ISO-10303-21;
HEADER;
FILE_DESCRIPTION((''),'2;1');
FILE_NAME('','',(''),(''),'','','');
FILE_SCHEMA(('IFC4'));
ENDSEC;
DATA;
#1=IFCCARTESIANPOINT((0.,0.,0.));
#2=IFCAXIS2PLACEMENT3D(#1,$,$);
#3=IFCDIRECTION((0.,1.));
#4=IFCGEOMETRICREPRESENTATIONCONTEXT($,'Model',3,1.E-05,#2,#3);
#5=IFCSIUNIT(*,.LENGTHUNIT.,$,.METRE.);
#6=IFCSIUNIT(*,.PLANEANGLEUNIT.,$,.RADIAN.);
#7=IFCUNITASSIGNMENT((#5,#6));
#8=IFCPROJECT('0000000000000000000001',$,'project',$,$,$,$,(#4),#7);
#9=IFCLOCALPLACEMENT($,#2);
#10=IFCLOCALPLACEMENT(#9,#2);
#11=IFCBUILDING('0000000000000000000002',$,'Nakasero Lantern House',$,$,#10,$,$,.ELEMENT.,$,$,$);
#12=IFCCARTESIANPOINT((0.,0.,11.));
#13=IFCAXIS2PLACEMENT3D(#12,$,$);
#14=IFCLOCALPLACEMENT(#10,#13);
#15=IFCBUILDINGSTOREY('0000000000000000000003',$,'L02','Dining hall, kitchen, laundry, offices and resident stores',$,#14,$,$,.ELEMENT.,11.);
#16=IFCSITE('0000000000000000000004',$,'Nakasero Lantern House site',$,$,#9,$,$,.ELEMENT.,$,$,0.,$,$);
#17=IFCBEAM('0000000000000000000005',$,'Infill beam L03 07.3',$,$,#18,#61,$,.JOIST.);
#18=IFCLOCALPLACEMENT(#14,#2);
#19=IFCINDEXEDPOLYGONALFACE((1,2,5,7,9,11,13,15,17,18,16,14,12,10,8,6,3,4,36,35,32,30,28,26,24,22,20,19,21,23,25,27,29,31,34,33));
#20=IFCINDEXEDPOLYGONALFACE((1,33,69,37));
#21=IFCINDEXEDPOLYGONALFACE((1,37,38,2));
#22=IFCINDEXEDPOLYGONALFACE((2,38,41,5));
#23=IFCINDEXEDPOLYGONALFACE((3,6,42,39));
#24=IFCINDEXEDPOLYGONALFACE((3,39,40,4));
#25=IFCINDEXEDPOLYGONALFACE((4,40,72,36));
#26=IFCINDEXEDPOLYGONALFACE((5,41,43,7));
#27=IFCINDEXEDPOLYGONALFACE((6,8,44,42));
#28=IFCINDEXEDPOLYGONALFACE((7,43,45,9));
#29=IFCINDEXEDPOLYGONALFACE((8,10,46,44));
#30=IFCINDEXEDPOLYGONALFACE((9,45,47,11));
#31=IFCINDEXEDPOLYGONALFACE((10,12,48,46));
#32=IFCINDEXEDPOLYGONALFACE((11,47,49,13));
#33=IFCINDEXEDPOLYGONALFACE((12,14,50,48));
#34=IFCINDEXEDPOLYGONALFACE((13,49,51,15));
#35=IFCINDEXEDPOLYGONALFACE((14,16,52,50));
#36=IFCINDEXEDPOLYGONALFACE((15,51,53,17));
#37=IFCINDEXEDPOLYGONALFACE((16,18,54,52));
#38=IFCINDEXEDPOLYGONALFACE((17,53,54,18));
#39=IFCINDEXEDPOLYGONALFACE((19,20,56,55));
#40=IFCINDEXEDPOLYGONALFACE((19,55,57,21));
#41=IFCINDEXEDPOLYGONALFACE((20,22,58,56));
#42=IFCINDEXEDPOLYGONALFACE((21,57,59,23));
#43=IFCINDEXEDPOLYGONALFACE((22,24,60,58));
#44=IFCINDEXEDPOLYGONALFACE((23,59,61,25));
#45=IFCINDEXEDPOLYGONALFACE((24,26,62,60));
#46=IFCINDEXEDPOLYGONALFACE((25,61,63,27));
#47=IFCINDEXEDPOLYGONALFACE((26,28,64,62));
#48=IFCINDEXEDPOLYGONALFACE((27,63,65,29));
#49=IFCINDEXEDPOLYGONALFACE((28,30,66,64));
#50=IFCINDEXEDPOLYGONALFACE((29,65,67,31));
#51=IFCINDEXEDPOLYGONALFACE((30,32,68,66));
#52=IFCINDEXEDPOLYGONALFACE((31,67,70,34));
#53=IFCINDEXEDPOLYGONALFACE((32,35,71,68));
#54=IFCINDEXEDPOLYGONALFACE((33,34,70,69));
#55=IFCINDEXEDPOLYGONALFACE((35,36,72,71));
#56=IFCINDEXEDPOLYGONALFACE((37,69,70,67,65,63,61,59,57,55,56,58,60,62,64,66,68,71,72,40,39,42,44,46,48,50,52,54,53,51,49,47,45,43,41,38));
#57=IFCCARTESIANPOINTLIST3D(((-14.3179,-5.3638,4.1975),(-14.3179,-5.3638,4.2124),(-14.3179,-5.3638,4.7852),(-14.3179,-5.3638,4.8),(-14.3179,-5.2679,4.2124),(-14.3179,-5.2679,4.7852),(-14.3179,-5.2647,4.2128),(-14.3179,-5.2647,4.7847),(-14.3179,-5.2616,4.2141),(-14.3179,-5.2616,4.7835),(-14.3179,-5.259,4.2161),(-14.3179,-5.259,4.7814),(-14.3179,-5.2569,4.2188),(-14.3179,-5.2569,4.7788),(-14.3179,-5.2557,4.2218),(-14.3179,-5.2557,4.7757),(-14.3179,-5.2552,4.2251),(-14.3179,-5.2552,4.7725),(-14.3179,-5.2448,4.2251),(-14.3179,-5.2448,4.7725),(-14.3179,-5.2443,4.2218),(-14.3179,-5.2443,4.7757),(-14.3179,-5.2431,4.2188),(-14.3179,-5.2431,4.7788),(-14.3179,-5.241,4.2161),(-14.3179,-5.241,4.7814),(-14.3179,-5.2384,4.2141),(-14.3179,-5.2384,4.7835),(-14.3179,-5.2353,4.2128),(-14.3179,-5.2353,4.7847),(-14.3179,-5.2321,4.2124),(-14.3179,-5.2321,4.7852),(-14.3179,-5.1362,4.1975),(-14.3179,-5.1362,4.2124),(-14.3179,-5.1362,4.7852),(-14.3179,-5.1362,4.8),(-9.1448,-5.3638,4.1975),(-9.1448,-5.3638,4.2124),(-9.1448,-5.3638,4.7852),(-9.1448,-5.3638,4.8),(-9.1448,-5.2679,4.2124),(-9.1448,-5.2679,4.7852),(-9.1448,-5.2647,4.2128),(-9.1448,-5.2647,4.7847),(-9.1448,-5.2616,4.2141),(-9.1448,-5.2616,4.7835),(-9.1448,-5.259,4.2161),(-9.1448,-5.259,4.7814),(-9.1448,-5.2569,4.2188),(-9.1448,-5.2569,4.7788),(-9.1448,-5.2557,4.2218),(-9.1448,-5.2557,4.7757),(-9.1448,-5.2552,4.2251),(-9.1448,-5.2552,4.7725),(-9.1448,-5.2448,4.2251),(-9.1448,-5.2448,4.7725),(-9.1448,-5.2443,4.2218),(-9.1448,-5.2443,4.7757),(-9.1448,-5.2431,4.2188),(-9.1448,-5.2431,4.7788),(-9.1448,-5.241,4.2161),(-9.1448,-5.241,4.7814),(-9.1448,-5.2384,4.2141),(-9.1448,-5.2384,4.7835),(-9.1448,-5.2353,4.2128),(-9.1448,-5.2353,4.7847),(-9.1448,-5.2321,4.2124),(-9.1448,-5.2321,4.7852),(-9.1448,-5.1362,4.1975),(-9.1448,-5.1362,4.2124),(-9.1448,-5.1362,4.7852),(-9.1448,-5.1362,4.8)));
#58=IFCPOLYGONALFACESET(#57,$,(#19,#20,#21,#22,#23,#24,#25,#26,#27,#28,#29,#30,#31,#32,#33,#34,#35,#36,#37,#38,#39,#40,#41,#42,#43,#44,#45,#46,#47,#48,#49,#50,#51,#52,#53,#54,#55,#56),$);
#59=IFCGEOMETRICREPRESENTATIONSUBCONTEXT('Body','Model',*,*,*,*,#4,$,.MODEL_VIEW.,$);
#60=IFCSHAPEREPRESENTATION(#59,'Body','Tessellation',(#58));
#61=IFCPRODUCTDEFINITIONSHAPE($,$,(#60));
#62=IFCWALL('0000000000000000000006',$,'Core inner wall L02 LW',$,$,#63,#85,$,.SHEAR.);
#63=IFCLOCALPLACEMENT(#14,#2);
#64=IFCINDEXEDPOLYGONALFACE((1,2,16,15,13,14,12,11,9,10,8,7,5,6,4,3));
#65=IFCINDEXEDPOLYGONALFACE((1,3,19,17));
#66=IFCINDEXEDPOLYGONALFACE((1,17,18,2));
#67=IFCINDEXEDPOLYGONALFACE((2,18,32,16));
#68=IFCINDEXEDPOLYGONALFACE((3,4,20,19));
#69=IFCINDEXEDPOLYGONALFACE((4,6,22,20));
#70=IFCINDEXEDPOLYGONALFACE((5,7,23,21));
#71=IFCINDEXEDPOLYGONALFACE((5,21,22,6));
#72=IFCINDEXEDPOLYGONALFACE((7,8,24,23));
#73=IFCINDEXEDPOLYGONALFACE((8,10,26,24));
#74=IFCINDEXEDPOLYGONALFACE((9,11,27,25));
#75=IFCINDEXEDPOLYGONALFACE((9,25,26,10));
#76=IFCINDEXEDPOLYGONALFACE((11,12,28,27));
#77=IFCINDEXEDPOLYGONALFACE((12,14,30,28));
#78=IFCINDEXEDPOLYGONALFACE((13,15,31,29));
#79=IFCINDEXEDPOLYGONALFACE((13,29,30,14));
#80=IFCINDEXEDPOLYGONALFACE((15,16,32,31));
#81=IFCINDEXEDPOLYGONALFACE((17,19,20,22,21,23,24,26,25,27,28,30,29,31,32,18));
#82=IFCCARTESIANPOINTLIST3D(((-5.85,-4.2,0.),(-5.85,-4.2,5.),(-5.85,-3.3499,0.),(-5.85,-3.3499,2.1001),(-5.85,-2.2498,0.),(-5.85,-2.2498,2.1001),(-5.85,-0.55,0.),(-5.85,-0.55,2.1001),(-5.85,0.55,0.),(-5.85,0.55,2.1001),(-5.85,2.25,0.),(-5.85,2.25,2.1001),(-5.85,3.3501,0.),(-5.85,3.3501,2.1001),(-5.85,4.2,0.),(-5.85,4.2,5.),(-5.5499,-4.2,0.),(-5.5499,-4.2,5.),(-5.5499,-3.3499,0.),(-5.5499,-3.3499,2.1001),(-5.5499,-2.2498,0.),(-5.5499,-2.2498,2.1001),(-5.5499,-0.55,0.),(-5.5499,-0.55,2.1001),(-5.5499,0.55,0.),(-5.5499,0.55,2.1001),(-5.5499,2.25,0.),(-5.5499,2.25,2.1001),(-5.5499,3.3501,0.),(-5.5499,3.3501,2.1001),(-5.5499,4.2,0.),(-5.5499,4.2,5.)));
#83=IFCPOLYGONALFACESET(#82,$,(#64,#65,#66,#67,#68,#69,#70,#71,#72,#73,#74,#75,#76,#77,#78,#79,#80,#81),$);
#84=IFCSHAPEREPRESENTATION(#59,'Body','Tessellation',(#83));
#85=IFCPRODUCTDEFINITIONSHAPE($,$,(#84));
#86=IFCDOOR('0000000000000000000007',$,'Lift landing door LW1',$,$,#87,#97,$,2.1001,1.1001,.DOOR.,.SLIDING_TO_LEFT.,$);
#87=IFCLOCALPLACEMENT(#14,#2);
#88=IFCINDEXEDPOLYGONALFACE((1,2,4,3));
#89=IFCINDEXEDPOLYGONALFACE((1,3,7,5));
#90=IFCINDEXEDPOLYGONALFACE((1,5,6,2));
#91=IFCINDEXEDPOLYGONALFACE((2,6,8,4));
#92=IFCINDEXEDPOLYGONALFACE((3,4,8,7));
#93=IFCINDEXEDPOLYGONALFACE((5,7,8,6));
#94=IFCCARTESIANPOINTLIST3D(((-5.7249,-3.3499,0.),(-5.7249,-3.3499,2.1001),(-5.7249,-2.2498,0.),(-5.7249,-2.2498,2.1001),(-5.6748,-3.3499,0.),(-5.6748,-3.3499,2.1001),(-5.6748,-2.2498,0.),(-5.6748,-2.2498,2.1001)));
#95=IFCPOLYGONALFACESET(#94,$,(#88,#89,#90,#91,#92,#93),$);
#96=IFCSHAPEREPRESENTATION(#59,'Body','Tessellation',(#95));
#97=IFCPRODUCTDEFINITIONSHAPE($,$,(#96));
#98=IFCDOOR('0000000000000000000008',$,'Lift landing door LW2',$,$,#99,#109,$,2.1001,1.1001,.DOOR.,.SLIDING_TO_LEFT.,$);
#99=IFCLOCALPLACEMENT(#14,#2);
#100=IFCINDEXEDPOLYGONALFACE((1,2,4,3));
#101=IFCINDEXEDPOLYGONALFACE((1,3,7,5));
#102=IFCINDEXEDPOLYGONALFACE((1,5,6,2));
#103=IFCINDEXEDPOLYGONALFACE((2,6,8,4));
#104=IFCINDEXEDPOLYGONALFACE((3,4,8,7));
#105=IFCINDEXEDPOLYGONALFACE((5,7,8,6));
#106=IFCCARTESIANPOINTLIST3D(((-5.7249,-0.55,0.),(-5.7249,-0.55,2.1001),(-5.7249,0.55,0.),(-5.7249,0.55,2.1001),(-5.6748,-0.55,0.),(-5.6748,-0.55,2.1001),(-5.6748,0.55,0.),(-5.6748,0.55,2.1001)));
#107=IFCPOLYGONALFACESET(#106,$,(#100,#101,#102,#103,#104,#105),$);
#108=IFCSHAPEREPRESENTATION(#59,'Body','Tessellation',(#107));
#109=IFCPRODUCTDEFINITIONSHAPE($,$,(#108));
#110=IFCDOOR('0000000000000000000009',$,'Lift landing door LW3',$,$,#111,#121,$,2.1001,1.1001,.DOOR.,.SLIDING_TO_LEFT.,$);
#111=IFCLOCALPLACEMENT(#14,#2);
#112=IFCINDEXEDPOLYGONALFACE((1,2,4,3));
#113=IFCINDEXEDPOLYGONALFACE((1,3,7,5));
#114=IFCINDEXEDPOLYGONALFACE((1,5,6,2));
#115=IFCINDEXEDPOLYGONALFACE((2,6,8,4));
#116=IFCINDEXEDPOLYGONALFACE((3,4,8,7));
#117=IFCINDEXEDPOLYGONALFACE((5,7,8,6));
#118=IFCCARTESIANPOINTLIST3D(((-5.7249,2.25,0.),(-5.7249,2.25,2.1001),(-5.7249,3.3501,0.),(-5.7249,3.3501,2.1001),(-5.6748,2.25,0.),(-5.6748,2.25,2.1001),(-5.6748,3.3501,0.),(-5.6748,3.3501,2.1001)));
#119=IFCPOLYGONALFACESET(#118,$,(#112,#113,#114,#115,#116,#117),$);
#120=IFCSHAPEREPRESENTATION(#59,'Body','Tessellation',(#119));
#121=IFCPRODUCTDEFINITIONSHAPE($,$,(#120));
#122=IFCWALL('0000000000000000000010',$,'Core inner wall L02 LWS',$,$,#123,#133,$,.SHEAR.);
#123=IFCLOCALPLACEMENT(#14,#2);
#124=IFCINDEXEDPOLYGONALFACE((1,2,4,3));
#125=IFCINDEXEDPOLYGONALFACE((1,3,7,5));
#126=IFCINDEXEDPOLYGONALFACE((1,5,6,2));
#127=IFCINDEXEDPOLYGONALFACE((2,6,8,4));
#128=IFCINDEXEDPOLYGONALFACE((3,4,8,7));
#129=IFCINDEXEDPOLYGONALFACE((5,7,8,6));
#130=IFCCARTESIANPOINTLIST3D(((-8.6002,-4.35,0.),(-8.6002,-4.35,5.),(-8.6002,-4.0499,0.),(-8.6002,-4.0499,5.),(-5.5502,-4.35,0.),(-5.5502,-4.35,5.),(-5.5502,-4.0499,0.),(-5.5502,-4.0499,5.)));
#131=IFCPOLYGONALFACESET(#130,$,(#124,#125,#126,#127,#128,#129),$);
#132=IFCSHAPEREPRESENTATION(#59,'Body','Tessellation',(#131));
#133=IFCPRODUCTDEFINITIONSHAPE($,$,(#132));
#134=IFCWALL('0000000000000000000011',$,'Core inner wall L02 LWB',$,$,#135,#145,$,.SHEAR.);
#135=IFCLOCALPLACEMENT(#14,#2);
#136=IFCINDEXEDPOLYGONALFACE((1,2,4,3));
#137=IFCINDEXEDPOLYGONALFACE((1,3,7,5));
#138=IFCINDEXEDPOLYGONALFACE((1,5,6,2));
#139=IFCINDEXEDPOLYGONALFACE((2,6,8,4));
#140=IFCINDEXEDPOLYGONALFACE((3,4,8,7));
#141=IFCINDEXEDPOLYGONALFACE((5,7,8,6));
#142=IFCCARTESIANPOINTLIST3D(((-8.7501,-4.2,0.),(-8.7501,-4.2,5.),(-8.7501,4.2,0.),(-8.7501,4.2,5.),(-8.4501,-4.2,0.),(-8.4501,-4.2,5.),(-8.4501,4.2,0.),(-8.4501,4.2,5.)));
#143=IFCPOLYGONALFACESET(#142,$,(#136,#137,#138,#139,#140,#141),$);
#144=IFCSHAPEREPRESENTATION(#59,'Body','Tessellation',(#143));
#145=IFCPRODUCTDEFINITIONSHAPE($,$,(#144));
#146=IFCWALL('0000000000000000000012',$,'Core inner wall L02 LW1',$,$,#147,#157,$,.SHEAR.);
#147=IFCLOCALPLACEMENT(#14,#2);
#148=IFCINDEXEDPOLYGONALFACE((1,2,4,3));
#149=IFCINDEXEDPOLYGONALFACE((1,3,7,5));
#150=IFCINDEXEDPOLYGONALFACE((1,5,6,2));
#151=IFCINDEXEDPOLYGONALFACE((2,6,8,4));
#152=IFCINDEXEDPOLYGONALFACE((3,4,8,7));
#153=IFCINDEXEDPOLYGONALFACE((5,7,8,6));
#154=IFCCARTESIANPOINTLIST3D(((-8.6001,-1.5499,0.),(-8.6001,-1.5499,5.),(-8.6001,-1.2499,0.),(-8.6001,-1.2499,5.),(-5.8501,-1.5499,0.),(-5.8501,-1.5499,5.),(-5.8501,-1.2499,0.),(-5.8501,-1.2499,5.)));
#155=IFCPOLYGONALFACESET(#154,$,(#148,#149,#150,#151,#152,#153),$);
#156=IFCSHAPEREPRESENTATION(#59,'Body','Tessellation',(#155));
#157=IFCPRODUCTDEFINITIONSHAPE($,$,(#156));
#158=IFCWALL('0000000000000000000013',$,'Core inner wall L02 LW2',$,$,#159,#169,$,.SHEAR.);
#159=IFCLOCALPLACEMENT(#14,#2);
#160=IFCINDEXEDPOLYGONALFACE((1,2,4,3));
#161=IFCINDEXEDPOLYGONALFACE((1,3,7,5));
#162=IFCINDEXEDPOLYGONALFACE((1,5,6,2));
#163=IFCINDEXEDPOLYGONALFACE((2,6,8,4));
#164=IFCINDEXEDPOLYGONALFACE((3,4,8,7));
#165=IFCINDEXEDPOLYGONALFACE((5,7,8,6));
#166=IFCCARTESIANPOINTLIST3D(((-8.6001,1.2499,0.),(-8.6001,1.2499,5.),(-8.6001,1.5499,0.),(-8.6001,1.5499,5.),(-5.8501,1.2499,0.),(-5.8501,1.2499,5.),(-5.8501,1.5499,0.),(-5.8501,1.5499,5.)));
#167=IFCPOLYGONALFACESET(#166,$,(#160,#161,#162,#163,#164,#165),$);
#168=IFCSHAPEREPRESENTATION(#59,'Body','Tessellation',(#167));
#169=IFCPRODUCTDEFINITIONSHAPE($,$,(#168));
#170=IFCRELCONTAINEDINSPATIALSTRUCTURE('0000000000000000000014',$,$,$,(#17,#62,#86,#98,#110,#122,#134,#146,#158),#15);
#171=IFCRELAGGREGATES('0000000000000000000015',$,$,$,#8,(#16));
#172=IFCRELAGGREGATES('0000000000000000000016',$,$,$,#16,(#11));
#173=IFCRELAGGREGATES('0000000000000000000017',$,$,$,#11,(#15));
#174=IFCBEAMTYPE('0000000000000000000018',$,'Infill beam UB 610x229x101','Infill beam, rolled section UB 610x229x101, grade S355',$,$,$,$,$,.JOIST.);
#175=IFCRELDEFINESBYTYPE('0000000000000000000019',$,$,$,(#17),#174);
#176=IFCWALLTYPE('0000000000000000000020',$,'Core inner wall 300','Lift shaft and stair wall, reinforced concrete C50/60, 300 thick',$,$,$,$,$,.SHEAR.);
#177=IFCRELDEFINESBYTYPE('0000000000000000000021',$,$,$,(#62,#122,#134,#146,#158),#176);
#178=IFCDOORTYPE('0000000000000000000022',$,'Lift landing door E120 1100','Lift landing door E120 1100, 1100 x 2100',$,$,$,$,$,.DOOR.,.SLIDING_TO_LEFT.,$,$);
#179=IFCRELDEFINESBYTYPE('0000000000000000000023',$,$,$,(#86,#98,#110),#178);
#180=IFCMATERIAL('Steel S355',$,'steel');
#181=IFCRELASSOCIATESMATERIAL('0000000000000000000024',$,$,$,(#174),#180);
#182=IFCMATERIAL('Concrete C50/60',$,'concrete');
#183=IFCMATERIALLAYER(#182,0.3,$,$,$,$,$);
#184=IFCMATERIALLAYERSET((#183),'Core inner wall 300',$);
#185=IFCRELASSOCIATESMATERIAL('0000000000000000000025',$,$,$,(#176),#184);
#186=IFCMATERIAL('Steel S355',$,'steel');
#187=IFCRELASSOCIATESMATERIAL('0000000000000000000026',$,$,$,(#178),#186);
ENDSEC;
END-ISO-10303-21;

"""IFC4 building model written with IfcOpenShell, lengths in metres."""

from ifc_helpers import new_model, si_unit, direction, frame, frame_2d, origin, origin_2d, place, context, subcontext, project, spatial, rectangle, i_section, extrude, material, layer, layer_set, material_profile, profile_set, type_object, element, fill, save


model = new_model("IFC4")

# Units and contexts
model_context = context("Model", 3, precision=1e-05, world=origin(), true_north=direction((0.0, 1.0)))
body_context = subcontext(model_context, "Body", "Model", "MODEL_VIEW")
ifc_project = project(units=[si_unit("LENGTHUNIT", "METRE"), si_unit("PLANEANGLEUNIT", "RADIAN")], contexts=[model_context])

# Site, building, storey
site_placement = place(None, origin())
site = spatial("IfcSite", under=ifc_project, at=site_placement, Name="Nakasero Lantern House site", CompositionType="ELEMENT", RefElevation=0.0)
building_placement = place(site_placement, origin())
building = spatial("IfcBuilding", under=site, at=building_placement, Name="Nakasero Lantern House", CompositionType="ELEMENT")
storey_placement = place(building_placement, frame((0.0, 0.0, 11.0)))
storey = spatial("IfcBuildingStorey", under=building, at=storey_placement, Name="L02", Description="Dining hall, kitchen, laundry, offices and resident stores", CompositionType="ELEMENT", Elevation=11.0)

# Beam
ifc_material_1 = material(Name="Steel S355", Category="steel")
ifc_material_profile = material_profile(ifc_material_1, i_section(OverallWidth=0.2275, OverallDepth=0.6025, WebThickness=0.0105, FlangeThickness=0.0149, FilletRadius=0.0127, at=origin_2d()), Name="UB 610x229x101")
ifc_profile_set = profile_set([ifc_material_profile], Name="Steel S355")
beam_type = type_object("IfcBeamType", Name="Infill beam UB 610x229x101", Description="Infill beam, rolled section UB 610x229x101, grade S355", PredefinedType="JOIST", material=ifc_profile_set)
beam_placement = place(storey_placement, frame((-14.3179, -5.25, 4.4988), z_axis=(1.0, 0.0, 0.0), x_axis=(0.0, 1.0, 0.0)))
element("IfcBeam", 1, at=beam_placement, inside=storey, type_object=beam_type, Name="Infill beam L03 07.3", PredefinedType="JOIST", context=body_context, shape_type="SweptSolid", body=[
    extrude(i_section(OverallWidth=0.2275, OverallDepth=0.6025, WebThickness=0.0105, FlangeThickness=0.0149, FilletRadius=0.0127, at=origin_2d()), origin(), (0.0, 0.0, 1.0), 5.1731),
])

# Wall, openings, doors
ifc_material_2 = material(Name="Concrete C50/60", Category="concrete")
ifc_layer_1 = layer(ifc_material_2, 0.3)
ifc_layer_set_1 = layer_set([ifc_layer_1], Name="Core inner wall 300")
wall_type_1 = type_object("IfcWallType", Name="Core inner wall 300", Description="Lift shaft and stair wall, reinforced concrete C50/60, 300 thick", PredefinedType="SHEAR", material=ifc_layer_set_1)
wall_1_placement = place(storey_placement, frame((-5.7, -4.2, 0.0), z_axis=(0.0, 0.0, 1.0), x_axis=(0.0, 1.0, 0.0)))
wall_1 = element("IfcWall", 2, at=wall_1_placement, inside=storey, type_object=wall_type_1, Name="Core inner wall L02 LW", PredefinedType="SHEAR", context=body_context, shape_type="SweptSolid", body=[
    extrude(rectangle(XDim=8.3999, YDim=0.3, at=frame_2d((4.2, 0.0))), origin(), (0.0, 0.0, 1.0), 5.0),
])
opening_1_placement = place(wall_1_placement, frame((0.8501, 0.0, 0.0)))
opening_1 = element("IfcOpeningElement", 3, at=opening_1_placement, cuts=wall_1, PredefinedType="OPENING", context=body_context, shape_type="SweptSolid", body=[
    extrude(rectangle(XDim=1.1001, YDim=2.1001, at=frame_2d((0.55, 1.05))), frame((0.0, 0.1699, 0.0), z_axis=(0.0, -1.0, 0.0), x_axis=(1.0, 0.0, 0.0)), (0.0, 0.0, 1.0), 0.3401),
])
opening_2_placement = place(wall_1_placement, frame((3.6499, 0.0, 0.0)))
opening_2 = element("IfcOpeningElement", 4, at=opening_2_placement, cuts=wall_1, PredefinedType="OPENING", context=body_context, shape_type="SweptSolid", body=[
    extrude(rectangle(XDim=1.1001, YDim=2.1001, at=frame_2d((0.55, 1.05))), frame((0.0, 0.1699, 0.0), z_axis=(0.0, -1.0, 0.0), x_axis=(1.0, 0.0, 0.0)), (0.0, 0.0, 1.0), 0.3401),
])
opening_3_placement = place(wall_1_placement, frame((6.45, 0.0, 0.0)))
opening_3 = element("IfcOpeningElement", 5, at=opening_3_placement, cuts=wall_1, PredefinedType="OPENING", context=body_context, shape_type="SweptSolid", body=[
    extrude(rectangle(XDim=1.1001, YDim=2.1001, at=frame_2d((0.55, 1.05))), frame((0.0, 0.1699, 0.0), z_axis=(0.0, -1.0, 0.0), x_axis=(1.0, 0.0, 0.0)), (0.0, 0.0, 1.0), 0.3401),
])
ifc_material_3 = material(Name="Steel S355", Category="steel")
door_type_1 = type_object("IfcDoorType", Name="Lift landing door E120 1100", Description="Lift landing door E120 1100, 1100 x 2100", OperationType="SLIDING_TO_LEFT", PredefinedType="DOOR", material=ifc_material_3)
door_1_placement = place(opening_1_placement, origin())
door_1 = element("IfcDoor", 6, at=door_1_placement, inside=storey, type_object=door_type_1, Name="Lift landing door LW1", OperationType="SLIDING_TO_LEFT", OverallHeight=2.1001, OverallWidth=1.1001, PredefinedType="DOOR", context=body_context, shape_type="SweptSolid", body=[
    extrude(rectangle(XDim=1.1001, YDim=2.1001, at=frame_2d((0.55, 1.05))), frame((0.0, 0.0249, 0.0), z_axis=(0.0, -1.0, 0.0), x_axis=(1.0, 0.0, 0.0)), (0.0, 0.0, 1.0), 0.05),
])
fill(opening_1, door_1)
door_2_placement = place(opening_2_placement, origin())
door_2 = element("IfcDoor", 7, at=door_2_placement, inside=storey, type_object=door_type_1, Name="Lift landing door LW2", OperationType="SLIDING_TO_LEFT", OverallHeight=2.1001, OverallWidth=1.1001, PredefinedType="DOOR", context=body_context, shape_type="SweptSolid", body=[
    extrude(rectangle(XDim=1.1001, YDim=2.1001, at=frame_2d((0.55, 1.05))), frame((0.0, 0.0249, 0.0), z_axis=(0.0, -1.0, 0.0), x_axis=(1.0, 0.0, 0.0)), (0.0, 0.0, 1.0), 0.05),
])
fill(opening_2, door_2)
door_3_placement = place(opening_3_placement, origin())
door_3 = element("IfcDoor", 8, at=door_3_placement, inside=storey, type_object=door_type_1, Name="Lift landing door LW3", OperationType="SLIDING_TO_LEFT", OverallHeight=2.1001, OverallWidth=1.1001, PredefinedType="DOOR", context=body_context, shape_type="SweptSolid", body=[
    extrude(rectangle(XDim=1.1001, YDim=2.1001, at=frame_2d((0.55, 1.05))), frame((0.0, 0.0249, 0.0), z_axis=(0.0, -1.0, 0.0), x_axis=(1.0, 0.0, 0.0)), (0.0, 0.0, 1.0), 0.05),
])
fill(opening_3, door_3)

# Walls
wall_2_placement = place(storey_placement, frame((-8.6001, -4.2, 0.0), z_axis=(0.0, 0.0, 1.0), x_axis=(1.0, 0.0, 0.0)))
element("IfcWall", 9, at=wall_2_placement, inside=storey, type_object=wall_type_1, Name="Core inner wall L02 LWS", PredefinedType="SHEAR", context=body_context, shape_type="SweptSolid", body=[
    extrude(rectangle(XDim=3.05, YDim=0.3, at=frame_2d((1.5249, 0.0))), origin(), (0.0, 0.0, 1.0), 5.0),
])
wall_3_placement = place(storey_placement, frame((-8.6001, -4.2, 0.0), z_axis=(0.0, 0.0, 1.0), x_axis=(0.0, 1.0, 0.0)))
element("IfcWall", 10, at=wall_3_placement, inside=storey, type_object=wall_type_1, Name="Core inner wall L02 LWB", PredefinedType="SHEAR", context=body_context, shape_type="SweptSolid", body=[
    extrude(rectangle(XDim=8.3999, YDim=0.3, at=frame_2d((4.2, 0.0))), origin(), (0.0, 0.0, 1.0), 5.0),
])
for number, where, z_axis, x_axis, name in (
    (11, (-8.6001, -1.3999, 0.0), (0.0, 0.0, 1.0), (1.0, 0.0, 0.0), "Core inner wall L02 LW1"),
    (12, (-8.6001, 1.3999, 0.0), (0.0, 0.0, 1.0), (1.0, 0.0, 0.0), "Core inner wall L02 LW2"),
):
    element("IfcWall", number, at=place(storey_placement, frame(where, z_axis=z_axis, x_axis=x_axis)), inside=storey, type_object=wall_type_1, Name=name, PredefinedType="SHEAR", context=body_context, shape_type="SweptSolid", body=[
        extrude(rectangle(XDim=2.75, YDim=0.3, at=frame_2d((1.375, 0.0))), origin(), (0.0, 0.0, 1.0), 5.0),
    ])

save(model, "model.ifc")
